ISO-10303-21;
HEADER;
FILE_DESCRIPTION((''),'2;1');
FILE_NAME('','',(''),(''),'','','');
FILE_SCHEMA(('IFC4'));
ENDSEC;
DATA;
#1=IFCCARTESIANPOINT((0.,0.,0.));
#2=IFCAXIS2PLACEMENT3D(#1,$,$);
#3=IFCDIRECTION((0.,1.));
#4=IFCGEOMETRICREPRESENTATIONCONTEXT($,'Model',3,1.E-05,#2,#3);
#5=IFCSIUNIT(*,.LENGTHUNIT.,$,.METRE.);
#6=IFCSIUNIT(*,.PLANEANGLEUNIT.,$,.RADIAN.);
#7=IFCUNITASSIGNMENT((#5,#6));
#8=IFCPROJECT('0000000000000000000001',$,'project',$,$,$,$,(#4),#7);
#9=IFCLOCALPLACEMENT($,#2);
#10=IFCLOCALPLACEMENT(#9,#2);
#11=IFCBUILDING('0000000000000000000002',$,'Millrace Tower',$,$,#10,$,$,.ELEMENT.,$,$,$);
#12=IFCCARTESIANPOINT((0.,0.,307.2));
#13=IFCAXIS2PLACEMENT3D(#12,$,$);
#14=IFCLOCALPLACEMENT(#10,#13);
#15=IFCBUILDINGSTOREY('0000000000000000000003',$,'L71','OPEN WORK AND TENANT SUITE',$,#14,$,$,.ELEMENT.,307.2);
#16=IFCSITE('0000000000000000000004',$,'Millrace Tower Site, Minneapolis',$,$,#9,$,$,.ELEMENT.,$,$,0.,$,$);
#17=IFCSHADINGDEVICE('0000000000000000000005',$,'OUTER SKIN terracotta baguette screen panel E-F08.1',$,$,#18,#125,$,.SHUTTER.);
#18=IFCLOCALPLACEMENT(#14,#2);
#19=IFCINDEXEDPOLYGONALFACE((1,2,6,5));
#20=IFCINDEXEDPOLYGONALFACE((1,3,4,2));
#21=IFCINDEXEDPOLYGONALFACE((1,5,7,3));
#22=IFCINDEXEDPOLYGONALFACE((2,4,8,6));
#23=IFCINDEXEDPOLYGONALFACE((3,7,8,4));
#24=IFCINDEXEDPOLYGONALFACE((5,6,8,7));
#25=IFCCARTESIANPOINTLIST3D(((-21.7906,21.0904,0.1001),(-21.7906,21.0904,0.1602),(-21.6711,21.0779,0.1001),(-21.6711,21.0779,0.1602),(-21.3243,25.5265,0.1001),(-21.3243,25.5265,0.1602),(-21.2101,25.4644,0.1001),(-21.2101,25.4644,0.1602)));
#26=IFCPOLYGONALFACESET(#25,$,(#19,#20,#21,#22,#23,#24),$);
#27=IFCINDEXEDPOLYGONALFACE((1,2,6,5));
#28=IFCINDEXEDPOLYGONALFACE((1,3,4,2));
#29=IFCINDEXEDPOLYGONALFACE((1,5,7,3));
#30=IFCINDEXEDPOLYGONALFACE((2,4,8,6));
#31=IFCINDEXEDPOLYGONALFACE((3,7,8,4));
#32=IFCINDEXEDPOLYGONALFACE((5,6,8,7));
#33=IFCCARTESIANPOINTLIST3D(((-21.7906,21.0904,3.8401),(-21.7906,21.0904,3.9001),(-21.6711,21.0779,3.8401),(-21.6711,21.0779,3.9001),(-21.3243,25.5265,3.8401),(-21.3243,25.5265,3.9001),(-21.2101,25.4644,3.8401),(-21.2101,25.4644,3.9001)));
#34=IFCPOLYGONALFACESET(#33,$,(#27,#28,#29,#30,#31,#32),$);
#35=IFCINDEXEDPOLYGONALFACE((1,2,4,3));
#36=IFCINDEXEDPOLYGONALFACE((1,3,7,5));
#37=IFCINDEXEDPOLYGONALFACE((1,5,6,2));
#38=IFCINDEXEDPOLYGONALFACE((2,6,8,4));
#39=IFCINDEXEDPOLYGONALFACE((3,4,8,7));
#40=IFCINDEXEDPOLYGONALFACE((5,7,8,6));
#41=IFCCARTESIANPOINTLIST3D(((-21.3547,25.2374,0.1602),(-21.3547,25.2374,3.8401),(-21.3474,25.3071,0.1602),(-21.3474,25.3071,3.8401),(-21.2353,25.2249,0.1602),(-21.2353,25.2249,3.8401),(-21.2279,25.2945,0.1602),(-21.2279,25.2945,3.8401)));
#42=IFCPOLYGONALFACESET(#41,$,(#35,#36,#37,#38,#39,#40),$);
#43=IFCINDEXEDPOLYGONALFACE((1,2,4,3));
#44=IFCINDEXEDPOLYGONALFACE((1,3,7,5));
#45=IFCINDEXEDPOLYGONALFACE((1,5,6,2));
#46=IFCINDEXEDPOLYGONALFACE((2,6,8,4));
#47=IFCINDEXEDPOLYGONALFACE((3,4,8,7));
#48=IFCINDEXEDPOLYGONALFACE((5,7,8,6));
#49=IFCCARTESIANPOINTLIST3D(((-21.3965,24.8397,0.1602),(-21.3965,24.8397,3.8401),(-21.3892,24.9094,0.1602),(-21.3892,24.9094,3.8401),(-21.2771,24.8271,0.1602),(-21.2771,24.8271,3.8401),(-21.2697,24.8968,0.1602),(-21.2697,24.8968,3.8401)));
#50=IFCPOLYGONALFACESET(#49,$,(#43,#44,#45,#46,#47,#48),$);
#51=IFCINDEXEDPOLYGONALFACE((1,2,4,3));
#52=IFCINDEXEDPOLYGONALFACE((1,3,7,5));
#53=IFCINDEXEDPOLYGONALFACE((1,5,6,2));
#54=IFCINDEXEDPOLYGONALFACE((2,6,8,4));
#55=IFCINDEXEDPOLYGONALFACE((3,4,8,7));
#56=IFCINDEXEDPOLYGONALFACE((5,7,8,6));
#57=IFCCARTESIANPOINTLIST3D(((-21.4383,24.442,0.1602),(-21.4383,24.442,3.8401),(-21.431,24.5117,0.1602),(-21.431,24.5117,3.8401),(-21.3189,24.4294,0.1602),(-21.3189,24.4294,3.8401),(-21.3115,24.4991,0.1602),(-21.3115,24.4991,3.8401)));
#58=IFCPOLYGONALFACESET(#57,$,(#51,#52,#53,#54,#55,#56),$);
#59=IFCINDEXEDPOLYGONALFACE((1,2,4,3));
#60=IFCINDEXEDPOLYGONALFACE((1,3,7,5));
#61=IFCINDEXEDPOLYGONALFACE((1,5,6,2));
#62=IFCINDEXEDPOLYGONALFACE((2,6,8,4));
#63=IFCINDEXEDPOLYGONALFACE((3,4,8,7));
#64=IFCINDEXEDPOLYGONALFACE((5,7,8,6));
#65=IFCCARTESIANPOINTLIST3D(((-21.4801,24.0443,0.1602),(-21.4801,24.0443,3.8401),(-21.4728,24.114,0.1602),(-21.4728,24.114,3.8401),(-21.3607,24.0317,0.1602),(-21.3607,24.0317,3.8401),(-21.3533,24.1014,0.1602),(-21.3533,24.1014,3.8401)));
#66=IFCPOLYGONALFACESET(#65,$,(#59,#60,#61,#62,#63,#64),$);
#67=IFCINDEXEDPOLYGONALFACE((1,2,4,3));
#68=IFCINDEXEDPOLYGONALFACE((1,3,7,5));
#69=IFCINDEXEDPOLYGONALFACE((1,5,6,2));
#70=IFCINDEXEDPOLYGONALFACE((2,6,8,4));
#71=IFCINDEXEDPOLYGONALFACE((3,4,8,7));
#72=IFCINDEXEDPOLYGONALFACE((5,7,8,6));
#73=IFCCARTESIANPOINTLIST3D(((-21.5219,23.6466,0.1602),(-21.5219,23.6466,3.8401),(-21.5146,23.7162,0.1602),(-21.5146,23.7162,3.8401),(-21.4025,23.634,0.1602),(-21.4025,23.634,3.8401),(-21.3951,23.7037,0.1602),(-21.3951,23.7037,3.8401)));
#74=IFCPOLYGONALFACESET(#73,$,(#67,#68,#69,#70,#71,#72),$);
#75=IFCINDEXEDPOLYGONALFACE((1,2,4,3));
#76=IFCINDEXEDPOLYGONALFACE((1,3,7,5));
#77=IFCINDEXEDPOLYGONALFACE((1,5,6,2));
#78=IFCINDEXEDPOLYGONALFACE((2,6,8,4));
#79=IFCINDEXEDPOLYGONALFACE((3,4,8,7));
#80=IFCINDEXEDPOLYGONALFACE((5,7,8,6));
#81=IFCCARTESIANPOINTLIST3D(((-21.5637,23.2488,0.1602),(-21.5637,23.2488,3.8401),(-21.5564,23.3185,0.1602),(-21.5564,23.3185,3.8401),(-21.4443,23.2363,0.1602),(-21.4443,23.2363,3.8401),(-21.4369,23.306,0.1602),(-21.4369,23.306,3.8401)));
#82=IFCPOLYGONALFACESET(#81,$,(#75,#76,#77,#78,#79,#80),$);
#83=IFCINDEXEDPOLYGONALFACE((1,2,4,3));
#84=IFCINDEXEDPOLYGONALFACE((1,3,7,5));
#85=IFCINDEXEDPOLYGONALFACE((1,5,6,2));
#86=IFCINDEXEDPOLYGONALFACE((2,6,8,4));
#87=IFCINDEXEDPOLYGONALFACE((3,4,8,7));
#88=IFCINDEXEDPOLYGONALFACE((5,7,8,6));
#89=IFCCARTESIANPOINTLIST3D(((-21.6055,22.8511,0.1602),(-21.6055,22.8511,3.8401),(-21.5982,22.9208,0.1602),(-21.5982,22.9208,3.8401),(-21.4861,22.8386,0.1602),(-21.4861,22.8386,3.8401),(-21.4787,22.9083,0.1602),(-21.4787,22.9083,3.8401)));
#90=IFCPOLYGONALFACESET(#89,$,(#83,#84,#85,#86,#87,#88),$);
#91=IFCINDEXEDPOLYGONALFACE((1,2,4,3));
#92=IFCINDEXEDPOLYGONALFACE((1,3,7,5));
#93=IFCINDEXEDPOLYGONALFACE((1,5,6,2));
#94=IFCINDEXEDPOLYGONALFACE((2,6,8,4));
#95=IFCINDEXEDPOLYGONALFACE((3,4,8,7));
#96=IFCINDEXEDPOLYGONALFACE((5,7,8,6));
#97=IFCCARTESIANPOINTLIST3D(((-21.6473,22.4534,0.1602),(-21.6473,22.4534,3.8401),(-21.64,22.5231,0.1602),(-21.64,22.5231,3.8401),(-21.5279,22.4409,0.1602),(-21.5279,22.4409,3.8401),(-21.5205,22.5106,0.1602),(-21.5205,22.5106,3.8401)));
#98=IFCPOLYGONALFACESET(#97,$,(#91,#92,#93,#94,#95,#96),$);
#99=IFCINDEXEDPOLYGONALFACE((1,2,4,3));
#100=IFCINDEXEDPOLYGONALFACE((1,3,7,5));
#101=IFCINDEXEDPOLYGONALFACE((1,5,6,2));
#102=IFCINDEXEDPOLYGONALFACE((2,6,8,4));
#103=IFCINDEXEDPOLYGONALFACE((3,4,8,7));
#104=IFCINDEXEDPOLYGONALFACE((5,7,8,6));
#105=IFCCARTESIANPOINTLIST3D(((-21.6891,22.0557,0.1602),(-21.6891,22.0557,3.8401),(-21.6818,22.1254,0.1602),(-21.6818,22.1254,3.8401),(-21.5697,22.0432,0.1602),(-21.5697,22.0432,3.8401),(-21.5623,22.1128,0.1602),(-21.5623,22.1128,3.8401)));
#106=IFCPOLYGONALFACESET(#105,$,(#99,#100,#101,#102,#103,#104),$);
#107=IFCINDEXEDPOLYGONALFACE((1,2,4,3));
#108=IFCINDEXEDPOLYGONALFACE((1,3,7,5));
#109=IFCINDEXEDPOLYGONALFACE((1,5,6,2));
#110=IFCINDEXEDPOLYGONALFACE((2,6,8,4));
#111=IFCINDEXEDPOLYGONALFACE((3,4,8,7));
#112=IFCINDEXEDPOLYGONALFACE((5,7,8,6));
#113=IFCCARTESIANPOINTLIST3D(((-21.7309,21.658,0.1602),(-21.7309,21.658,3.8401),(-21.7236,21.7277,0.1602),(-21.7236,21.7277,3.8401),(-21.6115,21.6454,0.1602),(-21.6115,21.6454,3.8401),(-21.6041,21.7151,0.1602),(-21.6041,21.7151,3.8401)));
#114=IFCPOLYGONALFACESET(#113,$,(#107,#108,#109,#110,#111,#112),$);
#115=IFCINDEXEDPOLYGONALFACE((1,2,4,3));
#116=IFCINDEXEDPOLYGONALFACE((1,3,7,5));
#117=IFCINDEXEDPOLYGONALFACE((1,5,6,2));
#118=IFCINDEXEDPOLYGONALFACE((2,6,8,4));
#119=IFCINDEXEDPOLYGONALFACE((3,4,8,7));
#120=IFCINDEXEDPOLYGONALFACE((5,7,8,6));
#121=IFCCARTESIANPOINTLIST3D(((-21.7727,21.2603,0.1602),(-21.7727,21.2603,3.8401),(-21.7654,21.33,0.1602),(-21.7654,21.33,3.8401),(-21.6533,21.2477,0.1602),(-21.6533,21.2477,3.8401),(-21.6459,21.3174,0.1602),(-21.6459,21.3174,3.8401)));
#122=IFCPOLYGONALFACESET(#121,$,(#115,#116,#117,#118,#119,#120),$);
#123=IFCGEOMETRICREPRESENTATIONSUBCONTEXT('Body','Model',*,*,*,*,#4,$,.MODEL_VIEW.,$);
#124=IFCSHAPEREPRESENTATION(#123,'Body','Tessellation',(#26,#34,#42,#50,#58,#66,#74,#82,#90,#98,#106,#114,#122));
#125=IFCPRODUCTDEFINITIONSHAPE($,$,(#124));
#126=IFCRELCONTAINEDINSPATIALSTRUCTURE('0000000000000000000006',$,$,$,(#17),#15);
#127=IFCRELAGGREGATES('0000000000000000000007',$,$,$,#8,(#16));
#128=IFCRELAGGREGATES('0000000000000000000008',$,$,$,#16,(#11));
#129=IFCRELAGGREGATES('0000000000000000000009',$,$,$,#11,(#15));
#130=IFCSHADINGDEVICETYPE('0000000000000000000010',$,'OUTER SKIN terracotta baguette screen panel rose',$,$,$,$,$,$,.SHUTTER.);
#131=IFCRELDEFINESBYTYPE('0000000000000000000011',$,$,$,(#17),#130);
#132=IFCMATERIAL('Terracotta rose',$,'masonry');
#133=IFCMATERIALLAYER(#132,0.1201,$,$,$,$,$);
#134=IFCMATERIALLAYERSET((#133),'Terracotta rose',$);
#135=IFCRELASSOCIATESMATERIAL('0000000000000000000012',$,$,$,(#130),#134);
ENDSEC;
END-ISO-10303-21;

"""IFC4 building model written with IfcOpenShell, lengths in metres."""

from ifc_helpers import new_model, entity, si_unit, direction, frame, frame_2d, origin, place, context, subcontext, project, spatial, rectangle, extrude, source, transform, mapped, material, layer, layer_set, type_object, element, save


model = new_model("IFC4")

# Units and contexts
model_context = context("Model", 3, precision=1e-05, world=origin(), true_north=direction((0.0, 1.0)))
body_context = subcontext(model_context, "Body", "Model", "MODEL_VIEW")
ifc_project = project(units=[si_unit("LENGTHUNIT", "METRE"), si_unit("PLANEANGLEUNIT", "RADIAN")], contexts=[model_context])

# Site, building, storey
site_placement = place(None, origin())
site = spatial("IfcSite", under=ifc_project, at=site_placement, Name="Millrace Tower Site, Minneapolis", CompositionType="ELEMENT", RefElevation=0.0)
building_placement = place(site_placement, origin())
building = spatial("IfcBuilding", under=site, at=building_placement, Name="Millrace Tower", CompositionType="ELEMENT")
storey_placement = place(building_placement, frame((0.0, 0.0, 307.2)))
storey = spatial("IfcBuildingStorey", under=building, at=storey_placement, Name="L71", Description="OPEN WORK AND TENANT SUITE", CompositionType="ELEMENT", Elevation=307.2)

# Shading device
ifc_material_1 = material(Name="Terracotta rose", Category="masonry")
ifc_layer_1 = layer(ifc_material_1, 0.1201)
ifc_layer_set_1 = layer_set([ifc_layer_1], Name="Terracotta rose")
shading_device_type = type_object("IfcShadingDeviceType", Name="OUTER SKIN terracotta baguette screen panel rose", PredefinedType="SHUTTER", material=ifc_layer_set_1)
cartesian_point_1 = entity("IfcCartesianPoint", [-2.1929, 0.0601])
shared_polyline_1 = entity("IfcPolyline", [cartesian_point_1, entity("IfcCartesianPoint", [2.2178, 0.0601]), entity("IfcCartesianPoint", [2.2178, -0.0601]), entity("IfcCartesianPoint", [-2.2427, -0.0601]), cartesian_point_1])
shared_shape_1 = source(origin(), body_context, "Body", "SweptSolid", [
    entity("IfcExtrudedAreaSolid", entity("IfcArbitraryClosedProfileDef", "AREA", None, shared_polyline_1), entity("IfcAxis2Placement3D", entity("IfcCartesianPoint", [0.0, 0.0, 0.0])), entity("IfcDirection", [0.0, 0.0, 1.0]), 0.0601),
    entity("IfcExtrudedAreaSolid", entity("IfcArbitraryClosedProfileDef", "AREA", None, shared_polyline_1), entity("IfcAxis2Placement3D", entity("IfcCartesianPoint", [0.0, 0.0, 3.74])), entity("IfcDirection", [0.0, 0.0, 1.0]), 0.0601),
    extrude(rectangle(XDim=0.0701, YDim=0.1201, at=frame_2d((-1.9871, 0.0))), frame((0.0, 0.0, 0.0601)), (0.0, 0.0, 1.0), 3.6799),
    extrude(rectangle(XDim=0.0701, YDim=0.1201, at=frame_2d((-1.5872, 0.0))), frame((0.0, 0.0, 0.0601)), (0.0, 0.0, 1.0), 3.6799),
    extrude(rectangle(XDim=0.0701, YDim=0.1201, at=frame_2d((-1.1873, 0.0))), frame((0.0, 0.0, 0.0601)), (0.0, 0.0, 1.0), 3.6799),
    extrude(rectangle(XDim=0.0701, YDim=0.1201, at=frame_2d((-0.7874, 0.0))), frame((0.0, 0.0, 0.0601)), (0.0, 0.0, 1.0), 3.6799),
    extrude(rectangle(XDim=0.0701, YDim=0.1201, at=frame_2d((-0.3875, 0.0))), frame((0.0, 0.0, 0.0601)), (0.0, 0.0, 1.0), 3.6799),
    extrude(rectangle(XDim=0.0701, YDim=0.1201, at=frame_2d((0.0125, 0.0))), frame((0.0, 0.0, 0.0601)), (0.0, 0.0, 1.0), 3.6799),
    extrude(rectangle(XDim=0.0701, YDim=0.1201, at=frame_2d((0.4124, 0.0))), frame((0.0, 0.0, 0.0601)), (0.0, 0.0, 1.0), 3.6799),
    extrude(rectangle(XDim=0.0701, YDim=0.1201, at=frame_2d((0.8123, 0.0))), frame((0.0, 0.0, 0.0601)), (0.0, 0.0, 1.0), 3.6799),
    extrude(rectangle(XDim=0.0701, YDim=0.1201, at=frame_2d((1.2122, 0.0))), frame((0.0, 0.0, 0.0601)), (0.0, 0.0, 1.0), 3.6799),
    extrude(rectangle(XDim=0.0701, YDim=0.1201, at=frame_2d((1.6121, 0.0))), frame((0.0, 0.0, 0.0601)), (0.0, 0.0, 1.0), 3.6799),
    extrude(rectangle(XDim=0.0701, YDim=0.1201, at=frame_2d((2.012, 0.0))), frame((0.0, 0.0, 0.0601)), (0.0, 0.0, 1.0), 3.6799),
])
shading_device_1_placement = place(storey_placement, frame((-21.499, 23.2898, 0.1001), z_axis=(0.0, 0.0, 1.0), x_axis=(-0.104528, -0.994522, 0.0)))
element("IfcShadingDevice", 1, at=shading_device_1_placement, inside=storey, type_object=shading_device_type, Name="OUTER SKIN terracotta baguette screen panel E-F08.1", PredefinedType="SHUTTER", context=body_context, shape_type="MappedRepresentation", body=[
    mapped(shared_shape_1, transform((0.0, 0.0, 0.0), scale=1.0)),
])

save(model, "model.ifc")
